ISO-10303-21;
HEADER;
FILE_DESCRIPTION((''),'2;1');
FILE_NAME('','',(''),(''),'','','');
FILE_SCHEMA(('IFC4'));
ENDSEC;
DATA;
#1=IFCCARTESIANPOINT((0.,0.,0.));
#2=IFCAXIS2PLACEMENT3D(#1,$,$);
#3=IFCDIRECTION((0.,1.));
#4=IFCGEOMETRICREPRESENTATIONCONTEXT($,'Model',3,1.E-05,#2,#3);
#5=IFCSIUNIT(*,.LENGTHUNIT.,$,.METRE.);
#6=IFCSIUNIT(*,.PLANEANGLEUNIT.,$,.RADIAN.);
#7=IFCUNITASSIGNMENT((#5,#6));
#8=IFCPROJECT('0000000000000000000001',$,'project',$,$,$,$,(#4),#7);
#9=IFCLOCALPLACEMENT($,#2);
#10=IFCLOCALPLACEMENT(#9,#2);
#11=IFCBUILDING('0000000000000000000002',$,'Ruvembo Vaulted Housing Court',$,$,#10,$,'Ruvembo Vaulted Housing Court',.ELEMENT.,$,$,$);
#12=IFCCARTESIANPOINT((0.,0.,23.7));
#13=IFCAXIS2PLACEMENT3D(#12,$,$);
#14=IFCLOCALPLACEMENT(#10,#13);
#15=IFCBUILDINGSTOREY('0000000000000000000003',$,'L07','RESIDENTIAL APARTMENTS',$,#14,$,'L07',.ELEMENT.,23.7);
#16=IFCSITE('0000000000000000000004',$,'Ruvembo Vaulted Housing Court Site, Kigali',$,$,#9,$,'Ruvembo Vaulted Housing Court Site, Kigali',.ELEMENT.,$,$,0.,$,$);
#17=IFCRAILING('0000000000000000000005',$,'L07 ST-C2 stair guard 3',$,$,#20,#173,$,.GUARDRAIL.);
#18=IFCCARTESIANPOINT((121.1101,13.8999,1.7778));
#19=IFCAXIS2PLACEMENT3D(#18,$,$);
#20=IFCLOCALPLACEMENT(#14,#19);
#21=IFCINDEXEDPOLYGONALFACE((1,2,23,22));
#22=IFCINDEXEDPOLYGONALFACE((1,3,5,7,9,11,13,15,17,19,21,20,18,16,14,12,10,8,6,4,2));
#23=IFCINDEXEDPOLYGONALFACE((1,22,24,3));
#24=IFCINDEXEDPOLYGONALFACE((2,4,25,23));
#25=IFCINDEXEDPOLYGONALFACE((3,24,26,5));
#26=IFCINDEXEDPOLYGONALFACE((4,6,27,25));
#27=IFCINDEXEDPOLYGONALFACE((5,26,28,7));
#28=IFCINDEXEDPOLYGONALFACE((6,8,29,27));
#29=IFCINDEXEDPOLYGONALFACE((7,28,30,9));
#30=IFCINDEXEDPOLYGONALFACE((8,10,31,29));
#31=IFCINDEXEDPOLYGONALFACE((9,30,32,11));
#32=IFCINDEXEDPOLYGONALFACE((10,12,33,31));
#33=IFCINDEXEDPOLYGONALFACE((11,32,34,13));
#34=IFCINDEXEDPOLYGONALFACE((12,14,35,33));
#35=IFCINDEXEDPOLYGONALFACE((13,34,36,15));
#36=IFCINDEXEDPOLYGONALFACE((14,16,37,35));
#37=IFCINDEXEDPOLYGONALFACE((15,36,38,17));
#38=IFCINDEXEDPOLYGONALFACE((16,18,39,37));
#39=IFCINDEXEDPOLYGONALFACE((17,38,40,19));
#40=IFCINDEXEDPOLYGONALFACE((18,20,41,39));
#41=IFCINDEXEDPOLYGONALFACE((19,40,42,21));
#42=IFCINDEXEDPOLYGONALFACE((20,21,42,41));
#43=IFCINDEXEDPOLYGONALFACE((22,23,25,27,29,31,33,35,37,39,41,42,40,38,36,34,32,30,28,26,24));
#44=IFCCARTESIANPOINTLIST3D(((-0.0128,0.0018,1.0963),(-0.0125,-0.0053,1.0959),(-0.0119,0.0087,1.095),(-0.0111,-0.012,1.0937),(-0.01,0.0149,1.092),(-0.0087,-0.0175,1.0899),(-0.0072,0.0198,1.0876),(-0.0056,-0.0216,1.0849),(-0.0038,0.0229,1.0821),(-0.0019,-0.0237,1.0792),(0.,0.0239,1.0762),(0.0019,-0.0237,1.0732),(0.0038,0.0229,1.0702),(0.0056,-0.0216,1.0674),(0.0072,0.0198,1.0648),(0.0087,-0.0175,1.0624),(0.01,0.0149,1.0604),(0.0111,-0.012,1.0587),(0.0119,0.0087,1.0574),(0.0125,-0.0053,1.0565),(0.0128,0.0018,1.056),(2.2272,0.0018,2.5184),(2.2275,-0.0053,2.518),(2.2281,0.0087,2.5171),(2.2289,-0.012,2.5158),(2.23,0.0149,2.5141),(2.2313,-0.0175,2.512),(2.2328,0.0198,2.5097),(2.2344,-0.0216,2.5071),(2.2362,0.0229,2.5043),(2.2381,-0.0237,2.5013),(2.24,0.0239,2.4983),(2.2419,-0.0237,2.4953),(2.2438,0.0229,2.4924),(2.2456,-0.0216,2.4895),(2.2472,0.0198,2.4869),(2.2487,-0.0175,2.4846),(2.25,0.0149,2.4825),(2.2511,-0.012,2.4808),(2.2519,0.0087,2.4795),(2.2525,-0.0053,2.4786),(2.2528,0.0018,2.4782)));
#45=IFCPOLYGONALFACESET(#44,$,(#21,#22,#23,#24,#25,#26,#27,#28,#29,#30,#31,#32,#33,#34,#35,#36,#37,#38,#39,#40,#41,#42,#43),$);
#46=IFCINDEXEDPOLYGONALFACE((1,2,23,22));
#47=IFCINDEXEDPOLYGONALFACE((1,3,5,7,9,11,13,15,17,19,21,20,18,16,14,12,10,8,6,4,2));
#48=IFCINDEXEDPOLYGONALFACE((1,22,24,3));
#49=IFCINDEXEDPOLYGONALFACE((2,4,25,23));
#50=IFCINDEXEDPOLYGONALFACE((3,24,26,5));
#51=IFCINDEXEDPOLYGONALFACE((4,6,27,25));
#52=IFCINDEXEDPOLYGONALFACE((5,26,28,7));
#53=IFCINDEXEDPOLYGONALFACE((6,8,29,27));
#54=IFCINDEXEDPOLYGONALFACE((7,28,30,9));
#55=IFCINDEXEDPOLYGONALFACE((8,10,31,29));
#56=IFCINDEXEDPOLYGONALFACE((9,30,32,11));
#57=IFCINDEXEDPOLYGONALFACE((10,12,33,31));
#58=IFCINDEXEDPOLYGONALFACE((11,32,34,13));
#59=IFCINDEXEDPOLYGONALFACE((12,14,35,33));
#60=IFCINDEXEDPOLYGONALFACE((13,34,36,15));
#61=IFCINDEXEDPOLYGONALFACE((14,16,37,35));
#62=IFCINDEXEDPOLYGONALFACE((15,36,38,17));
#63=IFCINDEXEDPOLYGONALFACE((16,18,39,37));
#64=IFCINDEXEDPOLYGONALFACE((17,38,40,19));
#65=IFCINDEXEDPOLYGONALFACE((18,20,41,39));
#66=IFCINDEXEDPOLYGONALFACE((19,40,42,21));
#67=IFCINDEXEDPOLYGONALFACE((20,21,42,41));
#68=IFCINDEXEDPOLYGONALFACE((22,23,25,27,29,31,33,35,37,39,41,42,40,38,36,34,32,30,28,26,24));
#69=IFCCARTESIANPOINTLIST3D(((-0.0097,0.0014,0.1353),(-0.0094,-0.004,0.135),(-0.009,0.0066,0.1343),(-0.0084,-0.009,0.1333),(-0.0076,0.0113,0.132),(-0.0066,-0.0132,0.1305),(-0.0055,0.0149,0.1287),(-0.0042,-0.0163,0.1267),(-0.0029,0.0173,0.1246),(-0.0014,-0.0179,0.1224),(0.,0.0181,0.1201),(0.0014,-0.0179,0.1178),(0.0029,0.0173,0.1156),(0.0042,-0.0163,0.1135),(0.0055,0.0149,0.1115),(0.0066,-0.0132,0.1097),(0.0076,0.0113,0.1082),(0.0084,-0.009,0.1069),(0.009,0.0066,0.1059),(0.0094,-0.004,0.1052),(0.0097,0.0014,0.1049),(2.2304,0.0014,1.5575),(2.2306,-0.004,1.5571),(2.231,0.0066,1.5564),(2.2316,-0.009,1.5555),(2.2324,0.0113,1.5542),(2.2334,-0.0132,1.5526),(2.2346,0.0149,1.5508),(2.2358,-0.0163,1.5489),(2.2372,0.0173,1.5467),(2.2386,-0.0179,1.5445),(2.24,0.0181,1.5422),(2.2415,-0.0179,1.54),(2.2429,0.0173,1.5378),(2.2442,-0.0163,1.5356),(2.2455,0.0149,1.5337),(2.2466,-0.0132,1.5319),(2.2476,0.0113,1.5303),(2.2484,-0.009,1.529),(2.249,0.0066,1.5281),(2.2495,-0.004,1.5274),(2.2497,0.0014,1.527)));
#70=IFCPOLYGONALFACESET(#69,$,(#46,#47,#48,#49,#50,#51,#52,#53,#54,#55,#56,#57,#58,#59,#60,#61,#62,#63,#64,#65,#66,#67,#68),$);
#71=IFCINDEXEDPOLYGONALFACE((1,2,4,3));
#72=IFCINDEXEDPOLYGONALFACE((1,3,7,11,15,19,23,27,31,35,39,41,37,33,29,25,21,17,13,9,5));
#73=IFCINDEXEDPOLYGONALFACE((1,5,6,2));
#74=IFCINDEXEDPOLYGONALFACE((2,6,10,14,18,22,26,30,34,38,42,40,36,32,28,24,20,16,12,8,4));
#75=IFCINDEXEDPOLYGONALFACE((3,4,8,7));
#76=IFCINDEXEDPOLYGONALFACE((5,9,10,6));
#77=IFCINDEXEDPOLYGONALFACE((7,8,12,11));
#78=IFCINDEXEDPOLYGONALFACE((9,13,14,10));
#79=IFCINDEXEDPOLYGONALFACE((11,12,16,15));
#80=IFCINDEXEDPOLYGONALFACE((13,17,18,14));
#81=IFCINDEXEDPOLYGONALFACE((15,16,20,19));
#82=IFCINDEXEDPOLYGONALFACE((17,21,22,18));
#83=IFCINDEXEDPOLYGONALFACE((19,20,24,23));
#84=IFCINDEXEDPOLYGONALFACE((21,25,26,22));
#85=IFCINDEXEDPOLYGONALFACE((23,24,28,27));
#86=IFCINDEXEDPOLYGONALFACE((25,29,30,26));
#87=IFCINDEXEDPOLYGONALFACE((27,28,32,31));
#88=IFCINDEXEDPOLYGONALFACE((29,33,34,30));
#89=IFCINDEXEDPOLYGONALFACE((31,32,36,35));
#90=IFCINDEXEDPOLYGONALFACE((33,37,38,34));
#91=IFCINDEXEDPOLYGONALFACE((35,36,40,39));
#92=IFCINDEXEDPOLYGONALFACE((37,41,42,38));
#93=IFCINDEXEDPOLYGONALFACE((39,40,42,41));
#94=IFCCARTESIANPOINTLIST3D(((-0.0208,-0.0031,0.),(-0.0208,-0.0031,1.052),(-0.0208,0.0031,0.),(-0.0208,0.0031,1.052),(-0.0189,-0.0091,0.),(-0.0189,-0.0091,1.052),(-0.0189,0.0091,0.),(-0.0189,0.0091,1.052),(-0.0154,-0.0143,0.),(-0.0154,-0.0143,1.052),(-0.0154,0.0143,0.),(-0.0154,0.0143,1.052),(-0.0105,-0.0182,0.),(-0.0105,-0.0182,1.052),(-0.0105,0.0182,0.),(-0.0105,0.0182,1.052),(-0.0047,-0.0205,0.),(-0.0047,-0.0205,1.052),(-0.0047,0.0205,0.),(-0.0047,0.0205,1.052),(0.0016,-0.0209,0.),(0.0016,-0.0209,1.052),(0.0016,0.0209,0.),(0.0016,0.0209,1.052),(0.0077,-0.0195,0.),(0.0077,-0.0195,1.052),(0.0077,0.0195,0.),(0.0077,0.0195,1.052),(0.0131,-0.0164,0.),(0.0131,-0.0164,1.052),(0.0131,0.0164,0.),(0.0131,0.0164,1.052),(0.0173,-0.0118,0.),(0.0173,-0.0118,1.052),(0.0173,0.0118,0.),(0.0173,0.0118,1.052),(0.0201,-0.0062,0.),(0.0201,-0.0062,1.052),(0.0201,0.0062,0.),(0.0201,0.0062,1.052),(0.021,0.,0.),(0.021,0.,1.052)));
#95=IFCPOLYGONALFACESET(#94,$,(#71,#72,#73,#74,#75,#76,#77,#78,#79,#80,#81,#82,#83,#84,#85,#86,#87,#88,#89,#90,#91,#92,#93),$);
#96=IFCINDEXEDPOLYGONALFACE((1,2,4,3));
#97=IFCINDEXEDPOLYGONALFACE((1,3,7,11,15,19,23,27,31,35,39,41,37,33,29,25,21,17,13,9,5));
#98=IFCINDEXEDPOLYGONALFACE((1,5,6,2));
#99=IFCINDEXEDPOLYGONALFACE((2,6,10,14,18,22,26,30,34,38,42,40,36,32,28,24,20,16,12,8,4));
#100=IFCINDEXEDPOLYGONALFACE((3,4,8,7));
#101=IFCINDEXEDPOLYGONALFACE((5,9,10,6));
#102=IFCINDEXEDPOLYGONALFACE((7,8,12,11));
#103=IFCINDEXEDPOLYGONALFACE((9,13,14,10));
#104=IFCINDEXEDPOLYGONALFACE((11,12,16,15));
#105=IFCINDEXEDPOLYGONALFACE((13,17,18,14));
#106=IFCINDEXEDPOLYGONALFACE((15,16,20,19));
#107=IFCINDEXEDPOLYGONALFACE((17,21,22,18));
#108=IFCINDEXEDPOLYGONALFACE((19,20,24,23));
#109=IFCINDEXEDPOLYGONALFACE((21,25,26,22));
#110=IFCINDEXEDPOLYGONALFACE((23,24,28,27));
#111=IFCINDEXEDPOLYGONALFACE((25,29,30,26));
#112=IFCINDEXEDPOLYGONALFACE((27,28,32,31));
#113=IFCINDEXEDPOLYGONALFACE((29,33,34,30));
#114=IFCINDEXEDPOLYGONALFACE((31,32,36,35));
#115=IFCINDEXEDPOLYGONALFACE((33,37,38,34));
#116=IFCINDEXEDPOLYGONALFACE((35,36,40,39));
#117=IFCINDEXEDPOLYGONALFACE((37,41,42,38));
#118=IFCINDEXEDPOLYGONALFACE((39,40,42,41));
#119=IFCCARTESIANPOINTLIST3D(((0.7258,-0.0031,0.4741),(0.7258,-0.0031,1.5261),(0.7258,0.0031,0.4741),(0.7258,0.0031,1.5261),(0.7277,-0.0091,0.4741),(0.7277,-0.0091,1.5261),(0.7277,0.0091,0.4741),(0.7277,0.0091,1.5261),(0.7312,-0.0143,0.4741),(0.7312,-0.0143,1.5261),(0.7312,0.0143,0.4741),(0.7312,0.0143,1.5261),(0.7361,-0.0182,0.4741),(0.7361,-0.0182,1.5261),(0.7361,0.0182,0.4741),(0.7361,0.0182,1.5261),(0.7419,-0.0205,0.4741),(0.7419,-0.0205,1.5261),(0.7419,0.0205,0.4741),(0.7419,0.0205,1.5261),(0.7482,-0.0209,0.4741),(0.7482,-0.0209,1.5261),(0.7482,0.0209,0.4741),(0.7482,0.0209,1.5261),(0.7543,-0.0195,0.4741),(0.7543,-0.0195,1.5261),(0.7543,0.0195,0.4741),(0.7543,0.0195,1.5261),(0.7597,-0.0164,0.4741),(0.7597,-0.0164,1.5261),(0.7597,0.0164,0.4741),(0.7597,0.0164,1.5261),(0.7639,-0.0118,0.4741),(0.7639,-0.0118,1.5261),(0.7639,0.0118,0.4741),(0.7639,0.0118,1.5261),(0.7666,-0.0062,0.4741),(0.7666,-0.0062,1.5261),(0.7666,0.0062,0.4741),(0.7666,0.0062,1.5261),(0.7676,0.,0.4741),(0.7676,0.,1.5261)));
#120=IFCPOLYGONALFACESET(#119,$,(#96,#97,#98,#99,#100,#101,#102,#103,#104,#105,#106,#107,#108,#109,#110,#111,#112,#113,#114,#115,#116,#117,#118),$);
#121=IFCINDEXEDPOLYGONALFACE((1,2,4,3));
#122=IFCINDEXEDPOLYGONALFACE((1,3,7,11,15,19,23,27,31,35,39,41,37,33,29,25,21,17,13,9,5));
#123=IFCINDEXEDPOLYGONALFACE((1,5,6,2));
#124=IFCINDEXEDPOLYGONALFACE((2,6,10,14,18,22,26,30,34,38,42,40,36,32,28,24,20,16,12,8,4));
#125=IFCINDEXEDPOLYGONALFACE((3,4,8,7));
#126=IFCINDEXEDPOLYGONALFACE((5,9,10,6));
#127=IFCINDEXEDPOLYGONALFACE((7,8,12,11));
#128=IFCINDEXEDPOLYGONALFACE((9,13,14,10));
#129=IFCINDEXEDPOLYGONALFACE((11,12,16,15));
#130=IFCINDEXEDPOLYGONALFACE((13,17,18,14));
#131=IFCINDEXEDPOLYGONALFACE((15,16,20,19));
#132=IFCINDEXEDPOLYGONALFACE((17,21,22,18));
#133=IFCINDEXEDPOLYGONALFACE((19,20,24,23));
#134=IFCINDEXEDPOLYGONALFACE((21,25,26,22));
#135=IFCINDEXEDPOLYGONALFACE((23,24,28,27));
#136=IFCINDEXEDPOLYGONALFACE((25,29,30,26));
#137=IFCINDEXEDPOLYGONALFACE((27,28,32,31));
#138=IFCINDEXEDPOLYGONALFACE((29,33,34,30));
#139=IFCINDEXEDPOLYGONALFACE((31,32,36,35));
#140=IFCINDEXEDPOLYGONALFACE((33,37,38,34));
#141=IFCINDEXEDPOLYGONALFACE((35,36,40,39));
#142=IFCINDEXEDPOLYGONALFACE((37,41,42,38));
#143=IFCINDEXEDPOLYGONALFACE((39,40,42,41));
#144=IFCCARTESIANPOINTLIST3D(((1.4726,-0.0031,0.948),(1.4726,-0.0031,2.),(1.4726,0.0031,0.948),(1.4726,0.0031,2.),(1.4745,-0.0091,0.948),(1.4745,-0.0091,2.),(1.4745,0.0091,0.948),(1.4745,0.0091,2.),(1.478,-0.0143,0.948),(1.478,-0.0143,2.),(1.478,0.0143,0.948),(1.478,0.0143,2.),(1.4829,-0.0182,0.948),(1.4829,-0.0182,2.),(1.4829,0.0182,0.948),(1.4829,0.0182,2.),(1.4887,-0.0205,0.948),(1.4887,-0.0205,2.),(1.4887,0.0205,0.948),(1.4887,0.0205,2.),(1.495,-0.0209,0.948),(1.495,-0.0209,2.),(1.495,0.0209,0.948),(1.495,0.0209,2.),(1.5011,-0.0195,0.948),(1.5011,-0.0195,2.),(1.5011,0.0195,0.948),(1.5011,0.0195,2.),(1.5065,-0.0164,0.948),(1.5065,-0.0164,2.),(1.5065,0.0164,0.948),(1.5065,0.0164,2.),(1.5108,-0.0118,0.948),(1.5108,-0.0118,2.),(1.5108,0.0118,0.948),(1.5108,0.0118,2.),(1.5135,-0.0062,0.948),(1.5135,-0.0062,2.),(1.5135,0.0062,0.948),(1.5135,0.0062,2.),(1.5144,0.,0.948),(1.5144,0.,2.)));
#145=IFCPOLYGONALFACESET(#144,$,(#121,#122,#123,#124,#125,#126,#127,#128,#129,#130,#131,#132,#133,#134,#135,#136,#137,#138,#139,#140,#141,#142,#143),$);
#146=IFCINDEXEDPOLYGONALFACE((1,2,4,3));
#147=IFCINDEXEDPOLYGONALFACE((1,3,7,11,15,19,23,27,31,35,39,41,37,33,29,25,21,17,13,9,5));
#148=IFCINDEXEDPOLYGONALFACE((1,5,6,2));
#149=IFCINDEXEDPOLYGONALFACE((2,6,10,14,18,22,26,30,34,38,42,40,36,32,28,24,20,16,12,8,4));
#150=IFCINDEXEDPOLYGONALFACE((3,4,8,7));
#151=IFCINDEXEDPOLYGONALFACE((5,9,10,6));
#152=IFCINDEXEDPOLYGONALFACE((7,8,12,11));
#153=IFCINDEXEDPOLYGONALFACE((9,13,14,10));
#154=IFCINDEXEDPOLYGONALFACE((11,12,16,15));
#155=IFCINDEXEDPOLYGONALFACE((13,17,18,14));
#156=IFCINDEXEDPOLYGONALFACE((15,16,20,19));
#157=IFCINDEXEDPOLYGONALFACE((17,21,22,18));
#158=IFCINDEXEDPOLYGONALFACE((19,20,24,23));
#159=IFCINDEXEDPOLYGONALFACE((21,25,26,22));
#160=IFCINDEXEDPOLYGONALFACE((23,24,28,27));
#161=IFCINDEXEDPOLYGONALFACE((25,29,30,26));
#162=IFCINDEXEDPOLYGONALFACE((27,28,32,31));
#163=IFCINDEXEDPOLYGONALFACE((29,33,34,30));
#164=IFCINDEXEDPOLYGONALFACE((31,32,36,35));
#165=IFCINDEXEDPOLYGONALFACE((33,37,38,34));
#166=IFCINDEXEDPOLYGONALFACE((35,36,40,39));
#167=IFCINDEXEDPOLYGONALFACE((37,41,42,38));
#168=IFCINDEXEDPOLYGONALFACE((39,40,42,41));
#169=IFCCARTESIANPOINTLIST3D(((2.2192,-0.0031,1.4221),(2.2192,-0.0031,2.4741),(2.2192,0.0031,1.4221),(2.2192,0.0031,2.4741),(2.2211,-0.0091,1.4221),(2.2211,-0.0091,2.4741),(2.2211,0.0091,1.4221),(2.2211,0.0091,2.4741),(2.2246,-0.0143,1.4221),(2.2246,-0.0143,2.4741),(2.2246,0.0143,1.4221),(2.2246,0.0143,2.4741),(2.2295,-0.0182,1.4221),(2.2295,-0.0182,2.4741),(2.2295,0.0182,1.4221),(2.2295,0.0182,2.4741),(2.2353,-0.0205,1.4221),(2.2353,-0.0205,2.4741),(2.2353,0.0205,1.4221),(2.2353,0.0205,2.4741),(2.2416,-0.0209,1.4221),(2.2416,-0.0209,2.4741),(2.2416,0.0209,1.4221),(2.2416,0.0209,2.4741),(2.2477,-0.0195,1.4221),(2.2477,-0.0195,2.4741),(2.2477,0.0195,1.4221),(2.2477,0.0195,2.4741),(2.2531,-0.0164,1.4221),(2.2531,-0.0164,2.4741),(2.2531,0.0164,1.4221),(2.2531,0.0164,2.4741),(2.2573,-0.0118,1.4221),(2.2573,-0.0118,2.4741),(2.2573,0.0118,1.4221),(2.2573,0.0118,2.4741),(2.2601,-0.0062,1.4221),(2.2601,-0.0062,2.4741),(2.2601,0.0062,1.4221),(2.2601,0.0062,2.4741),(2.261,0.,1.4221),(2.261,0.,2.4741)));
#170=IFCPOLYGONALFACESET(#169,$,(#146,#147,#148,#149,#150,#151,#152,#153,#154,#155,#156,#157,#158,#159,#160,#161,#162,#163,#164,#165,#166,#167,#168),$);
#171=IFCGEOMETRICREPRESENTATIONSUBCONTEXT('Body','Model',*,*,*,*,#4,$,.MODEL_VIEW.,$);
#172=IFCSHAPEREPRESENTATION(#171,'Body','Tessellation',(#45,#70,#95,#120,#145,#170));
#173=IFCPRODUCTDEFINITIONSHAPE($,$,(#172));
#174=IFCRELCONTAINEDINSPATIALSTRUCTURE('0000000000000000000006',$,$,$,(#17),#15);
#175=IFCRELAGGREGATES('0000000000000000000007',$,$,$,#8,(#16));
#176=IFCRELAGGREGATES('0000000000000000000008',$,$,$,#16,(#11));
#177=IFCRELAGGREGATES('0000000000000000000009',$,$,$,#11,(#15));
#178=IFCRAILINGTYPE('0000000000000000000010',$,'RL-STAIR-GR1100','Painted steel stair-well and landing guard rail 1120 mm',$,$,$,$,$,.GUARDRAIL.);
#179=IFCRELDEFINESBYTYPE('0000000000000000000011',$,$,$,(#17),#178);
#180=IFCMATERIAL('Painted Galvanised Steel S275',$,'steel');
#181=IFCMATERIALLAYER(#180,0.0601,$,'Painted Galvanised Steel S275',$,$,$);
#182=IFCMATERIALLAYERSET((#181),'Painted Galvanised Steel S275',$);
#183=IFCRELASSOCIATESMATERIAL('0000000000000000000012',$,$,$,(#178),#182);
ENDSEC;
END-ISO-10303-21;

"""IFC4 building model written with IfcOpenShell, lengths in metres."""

from ifc_helpers import new_model, si_unit, direction, frame, origin, origin_2d, place, context, subcontext, project, spatial, circle, extrude, material, layer, layer_set, type_object, element, save


model = new_model("IFC4")

# Units and contexts
model_context = context("Model", 3, precision=1e-05, world=origin(), true_north=direction((0.0, 1.0)))
body_context = subcontext(model_context, "Body", "Model", "MODEL_VIEW")
ifc_project = project(units=[si_unit("LENGTHUNIT", "METRE"), si_unit("PLANEANGLEUNIT", "RADIAN")], contexts=[model_context])

# Site, building, storey
site_placement = place(None, origin())
site = spatial("IfcSite", under=ifc_project, at=site_placement, Name="Ruvembo Vaulted Housing Court Site, Kigali", LongName="Ruvembo Vaulted Housing Court Site, Kigali", CompositionType="ELEMENT", RefElevation=0.0)
building_placement = place(site_placement, origin())
building = spatial("IfcBuilding", under=site, at=building_placement, Name="Ruvembo Vaulted Housing Court", LongName="Ruvembo Vaulted Housing Court", CompositionType="ELEMENT")
storey_placement = place(building_placement, frame((0.0, 0.0, 23.7)))
storey = spatial("IfcBuildingStorey", under=building, at=storey_placement, Name="L07", Description="RESIDENTIAL APARTMENTS", LongName="L07", CompositionType="ELEMENT", Elevation=23.7)

# Railing
ifc_material_1 = material(Name="Painted Galvanised Steel S275", Category="steel")
ifc_layer_1 = layer(ifc_material_1, 0.0601, Name="Painted Galvanised Steel S275")
ifc_layer_set_1 = layer_set([ifc_layer_1], Name="Painted Galvanised Steel S275")
railing_type_1 = type_object("IfcRailingType", Name="RL-STAIR-GR1100", Description="Painted steel stair-well and landing guard rail 1120 mm", PredefinedType="GUARDRAIL", material=ifc_layer_set_1)
railing_1_placement = place(storey_placement, frame((121.1101, 13.8999, 1.7778)))
element("IfcRailing", 1, at=railing_1_placement, inside=storey, type_object=railing_type_1, Name="L07 ST-C2 stair guard 3", PredefinedType="GUARDRAIL", context=body_context, shape_type="SweptSolid", body=[
    extrude(circle(Radius=0.0239, at=origin_2d()), frame((0.0, 0.0, 1.0762), z_axis=(0.844229, 0.0, 0.535982), x_axis=(0.0, 1.0, 0.0)), (0.0, 0.0, 1.0), 2.6533),
    extrude(circle(Radius=0.0181, at=origin_2d()), frame((0.0, 0.0, 0.1201), z_axis=(0.844229, 0.0, 0.535982), x_axis=(0.0, 1.0, 0.0)), (0.0, 0.0, 1.0), 2.6533),
    extrude(circle(Radius=0.021, at=origin_2d()), origin(), (0.0, 0.0, 1.0), 1.052),
    extrude(circle(Radius=0.021, at=origin_2d()), frame((0.7466, 0.0, 0.4741)), (0.0, 0.0, 1.0), 1.052),
    extrude(circle(Radius=0.021, at=origin_2d()), frame((1.4934, 0.0, 0.948)), (0.0, 0.0, 1.0), 1.052),
    extrude(circle(Radius=0.021, at=origin_2d()), frame((2.24, 0.0, 1.4221)), (0.0, 0.0, 1.0), 1.052),
])

save(model, "model.ifc")
